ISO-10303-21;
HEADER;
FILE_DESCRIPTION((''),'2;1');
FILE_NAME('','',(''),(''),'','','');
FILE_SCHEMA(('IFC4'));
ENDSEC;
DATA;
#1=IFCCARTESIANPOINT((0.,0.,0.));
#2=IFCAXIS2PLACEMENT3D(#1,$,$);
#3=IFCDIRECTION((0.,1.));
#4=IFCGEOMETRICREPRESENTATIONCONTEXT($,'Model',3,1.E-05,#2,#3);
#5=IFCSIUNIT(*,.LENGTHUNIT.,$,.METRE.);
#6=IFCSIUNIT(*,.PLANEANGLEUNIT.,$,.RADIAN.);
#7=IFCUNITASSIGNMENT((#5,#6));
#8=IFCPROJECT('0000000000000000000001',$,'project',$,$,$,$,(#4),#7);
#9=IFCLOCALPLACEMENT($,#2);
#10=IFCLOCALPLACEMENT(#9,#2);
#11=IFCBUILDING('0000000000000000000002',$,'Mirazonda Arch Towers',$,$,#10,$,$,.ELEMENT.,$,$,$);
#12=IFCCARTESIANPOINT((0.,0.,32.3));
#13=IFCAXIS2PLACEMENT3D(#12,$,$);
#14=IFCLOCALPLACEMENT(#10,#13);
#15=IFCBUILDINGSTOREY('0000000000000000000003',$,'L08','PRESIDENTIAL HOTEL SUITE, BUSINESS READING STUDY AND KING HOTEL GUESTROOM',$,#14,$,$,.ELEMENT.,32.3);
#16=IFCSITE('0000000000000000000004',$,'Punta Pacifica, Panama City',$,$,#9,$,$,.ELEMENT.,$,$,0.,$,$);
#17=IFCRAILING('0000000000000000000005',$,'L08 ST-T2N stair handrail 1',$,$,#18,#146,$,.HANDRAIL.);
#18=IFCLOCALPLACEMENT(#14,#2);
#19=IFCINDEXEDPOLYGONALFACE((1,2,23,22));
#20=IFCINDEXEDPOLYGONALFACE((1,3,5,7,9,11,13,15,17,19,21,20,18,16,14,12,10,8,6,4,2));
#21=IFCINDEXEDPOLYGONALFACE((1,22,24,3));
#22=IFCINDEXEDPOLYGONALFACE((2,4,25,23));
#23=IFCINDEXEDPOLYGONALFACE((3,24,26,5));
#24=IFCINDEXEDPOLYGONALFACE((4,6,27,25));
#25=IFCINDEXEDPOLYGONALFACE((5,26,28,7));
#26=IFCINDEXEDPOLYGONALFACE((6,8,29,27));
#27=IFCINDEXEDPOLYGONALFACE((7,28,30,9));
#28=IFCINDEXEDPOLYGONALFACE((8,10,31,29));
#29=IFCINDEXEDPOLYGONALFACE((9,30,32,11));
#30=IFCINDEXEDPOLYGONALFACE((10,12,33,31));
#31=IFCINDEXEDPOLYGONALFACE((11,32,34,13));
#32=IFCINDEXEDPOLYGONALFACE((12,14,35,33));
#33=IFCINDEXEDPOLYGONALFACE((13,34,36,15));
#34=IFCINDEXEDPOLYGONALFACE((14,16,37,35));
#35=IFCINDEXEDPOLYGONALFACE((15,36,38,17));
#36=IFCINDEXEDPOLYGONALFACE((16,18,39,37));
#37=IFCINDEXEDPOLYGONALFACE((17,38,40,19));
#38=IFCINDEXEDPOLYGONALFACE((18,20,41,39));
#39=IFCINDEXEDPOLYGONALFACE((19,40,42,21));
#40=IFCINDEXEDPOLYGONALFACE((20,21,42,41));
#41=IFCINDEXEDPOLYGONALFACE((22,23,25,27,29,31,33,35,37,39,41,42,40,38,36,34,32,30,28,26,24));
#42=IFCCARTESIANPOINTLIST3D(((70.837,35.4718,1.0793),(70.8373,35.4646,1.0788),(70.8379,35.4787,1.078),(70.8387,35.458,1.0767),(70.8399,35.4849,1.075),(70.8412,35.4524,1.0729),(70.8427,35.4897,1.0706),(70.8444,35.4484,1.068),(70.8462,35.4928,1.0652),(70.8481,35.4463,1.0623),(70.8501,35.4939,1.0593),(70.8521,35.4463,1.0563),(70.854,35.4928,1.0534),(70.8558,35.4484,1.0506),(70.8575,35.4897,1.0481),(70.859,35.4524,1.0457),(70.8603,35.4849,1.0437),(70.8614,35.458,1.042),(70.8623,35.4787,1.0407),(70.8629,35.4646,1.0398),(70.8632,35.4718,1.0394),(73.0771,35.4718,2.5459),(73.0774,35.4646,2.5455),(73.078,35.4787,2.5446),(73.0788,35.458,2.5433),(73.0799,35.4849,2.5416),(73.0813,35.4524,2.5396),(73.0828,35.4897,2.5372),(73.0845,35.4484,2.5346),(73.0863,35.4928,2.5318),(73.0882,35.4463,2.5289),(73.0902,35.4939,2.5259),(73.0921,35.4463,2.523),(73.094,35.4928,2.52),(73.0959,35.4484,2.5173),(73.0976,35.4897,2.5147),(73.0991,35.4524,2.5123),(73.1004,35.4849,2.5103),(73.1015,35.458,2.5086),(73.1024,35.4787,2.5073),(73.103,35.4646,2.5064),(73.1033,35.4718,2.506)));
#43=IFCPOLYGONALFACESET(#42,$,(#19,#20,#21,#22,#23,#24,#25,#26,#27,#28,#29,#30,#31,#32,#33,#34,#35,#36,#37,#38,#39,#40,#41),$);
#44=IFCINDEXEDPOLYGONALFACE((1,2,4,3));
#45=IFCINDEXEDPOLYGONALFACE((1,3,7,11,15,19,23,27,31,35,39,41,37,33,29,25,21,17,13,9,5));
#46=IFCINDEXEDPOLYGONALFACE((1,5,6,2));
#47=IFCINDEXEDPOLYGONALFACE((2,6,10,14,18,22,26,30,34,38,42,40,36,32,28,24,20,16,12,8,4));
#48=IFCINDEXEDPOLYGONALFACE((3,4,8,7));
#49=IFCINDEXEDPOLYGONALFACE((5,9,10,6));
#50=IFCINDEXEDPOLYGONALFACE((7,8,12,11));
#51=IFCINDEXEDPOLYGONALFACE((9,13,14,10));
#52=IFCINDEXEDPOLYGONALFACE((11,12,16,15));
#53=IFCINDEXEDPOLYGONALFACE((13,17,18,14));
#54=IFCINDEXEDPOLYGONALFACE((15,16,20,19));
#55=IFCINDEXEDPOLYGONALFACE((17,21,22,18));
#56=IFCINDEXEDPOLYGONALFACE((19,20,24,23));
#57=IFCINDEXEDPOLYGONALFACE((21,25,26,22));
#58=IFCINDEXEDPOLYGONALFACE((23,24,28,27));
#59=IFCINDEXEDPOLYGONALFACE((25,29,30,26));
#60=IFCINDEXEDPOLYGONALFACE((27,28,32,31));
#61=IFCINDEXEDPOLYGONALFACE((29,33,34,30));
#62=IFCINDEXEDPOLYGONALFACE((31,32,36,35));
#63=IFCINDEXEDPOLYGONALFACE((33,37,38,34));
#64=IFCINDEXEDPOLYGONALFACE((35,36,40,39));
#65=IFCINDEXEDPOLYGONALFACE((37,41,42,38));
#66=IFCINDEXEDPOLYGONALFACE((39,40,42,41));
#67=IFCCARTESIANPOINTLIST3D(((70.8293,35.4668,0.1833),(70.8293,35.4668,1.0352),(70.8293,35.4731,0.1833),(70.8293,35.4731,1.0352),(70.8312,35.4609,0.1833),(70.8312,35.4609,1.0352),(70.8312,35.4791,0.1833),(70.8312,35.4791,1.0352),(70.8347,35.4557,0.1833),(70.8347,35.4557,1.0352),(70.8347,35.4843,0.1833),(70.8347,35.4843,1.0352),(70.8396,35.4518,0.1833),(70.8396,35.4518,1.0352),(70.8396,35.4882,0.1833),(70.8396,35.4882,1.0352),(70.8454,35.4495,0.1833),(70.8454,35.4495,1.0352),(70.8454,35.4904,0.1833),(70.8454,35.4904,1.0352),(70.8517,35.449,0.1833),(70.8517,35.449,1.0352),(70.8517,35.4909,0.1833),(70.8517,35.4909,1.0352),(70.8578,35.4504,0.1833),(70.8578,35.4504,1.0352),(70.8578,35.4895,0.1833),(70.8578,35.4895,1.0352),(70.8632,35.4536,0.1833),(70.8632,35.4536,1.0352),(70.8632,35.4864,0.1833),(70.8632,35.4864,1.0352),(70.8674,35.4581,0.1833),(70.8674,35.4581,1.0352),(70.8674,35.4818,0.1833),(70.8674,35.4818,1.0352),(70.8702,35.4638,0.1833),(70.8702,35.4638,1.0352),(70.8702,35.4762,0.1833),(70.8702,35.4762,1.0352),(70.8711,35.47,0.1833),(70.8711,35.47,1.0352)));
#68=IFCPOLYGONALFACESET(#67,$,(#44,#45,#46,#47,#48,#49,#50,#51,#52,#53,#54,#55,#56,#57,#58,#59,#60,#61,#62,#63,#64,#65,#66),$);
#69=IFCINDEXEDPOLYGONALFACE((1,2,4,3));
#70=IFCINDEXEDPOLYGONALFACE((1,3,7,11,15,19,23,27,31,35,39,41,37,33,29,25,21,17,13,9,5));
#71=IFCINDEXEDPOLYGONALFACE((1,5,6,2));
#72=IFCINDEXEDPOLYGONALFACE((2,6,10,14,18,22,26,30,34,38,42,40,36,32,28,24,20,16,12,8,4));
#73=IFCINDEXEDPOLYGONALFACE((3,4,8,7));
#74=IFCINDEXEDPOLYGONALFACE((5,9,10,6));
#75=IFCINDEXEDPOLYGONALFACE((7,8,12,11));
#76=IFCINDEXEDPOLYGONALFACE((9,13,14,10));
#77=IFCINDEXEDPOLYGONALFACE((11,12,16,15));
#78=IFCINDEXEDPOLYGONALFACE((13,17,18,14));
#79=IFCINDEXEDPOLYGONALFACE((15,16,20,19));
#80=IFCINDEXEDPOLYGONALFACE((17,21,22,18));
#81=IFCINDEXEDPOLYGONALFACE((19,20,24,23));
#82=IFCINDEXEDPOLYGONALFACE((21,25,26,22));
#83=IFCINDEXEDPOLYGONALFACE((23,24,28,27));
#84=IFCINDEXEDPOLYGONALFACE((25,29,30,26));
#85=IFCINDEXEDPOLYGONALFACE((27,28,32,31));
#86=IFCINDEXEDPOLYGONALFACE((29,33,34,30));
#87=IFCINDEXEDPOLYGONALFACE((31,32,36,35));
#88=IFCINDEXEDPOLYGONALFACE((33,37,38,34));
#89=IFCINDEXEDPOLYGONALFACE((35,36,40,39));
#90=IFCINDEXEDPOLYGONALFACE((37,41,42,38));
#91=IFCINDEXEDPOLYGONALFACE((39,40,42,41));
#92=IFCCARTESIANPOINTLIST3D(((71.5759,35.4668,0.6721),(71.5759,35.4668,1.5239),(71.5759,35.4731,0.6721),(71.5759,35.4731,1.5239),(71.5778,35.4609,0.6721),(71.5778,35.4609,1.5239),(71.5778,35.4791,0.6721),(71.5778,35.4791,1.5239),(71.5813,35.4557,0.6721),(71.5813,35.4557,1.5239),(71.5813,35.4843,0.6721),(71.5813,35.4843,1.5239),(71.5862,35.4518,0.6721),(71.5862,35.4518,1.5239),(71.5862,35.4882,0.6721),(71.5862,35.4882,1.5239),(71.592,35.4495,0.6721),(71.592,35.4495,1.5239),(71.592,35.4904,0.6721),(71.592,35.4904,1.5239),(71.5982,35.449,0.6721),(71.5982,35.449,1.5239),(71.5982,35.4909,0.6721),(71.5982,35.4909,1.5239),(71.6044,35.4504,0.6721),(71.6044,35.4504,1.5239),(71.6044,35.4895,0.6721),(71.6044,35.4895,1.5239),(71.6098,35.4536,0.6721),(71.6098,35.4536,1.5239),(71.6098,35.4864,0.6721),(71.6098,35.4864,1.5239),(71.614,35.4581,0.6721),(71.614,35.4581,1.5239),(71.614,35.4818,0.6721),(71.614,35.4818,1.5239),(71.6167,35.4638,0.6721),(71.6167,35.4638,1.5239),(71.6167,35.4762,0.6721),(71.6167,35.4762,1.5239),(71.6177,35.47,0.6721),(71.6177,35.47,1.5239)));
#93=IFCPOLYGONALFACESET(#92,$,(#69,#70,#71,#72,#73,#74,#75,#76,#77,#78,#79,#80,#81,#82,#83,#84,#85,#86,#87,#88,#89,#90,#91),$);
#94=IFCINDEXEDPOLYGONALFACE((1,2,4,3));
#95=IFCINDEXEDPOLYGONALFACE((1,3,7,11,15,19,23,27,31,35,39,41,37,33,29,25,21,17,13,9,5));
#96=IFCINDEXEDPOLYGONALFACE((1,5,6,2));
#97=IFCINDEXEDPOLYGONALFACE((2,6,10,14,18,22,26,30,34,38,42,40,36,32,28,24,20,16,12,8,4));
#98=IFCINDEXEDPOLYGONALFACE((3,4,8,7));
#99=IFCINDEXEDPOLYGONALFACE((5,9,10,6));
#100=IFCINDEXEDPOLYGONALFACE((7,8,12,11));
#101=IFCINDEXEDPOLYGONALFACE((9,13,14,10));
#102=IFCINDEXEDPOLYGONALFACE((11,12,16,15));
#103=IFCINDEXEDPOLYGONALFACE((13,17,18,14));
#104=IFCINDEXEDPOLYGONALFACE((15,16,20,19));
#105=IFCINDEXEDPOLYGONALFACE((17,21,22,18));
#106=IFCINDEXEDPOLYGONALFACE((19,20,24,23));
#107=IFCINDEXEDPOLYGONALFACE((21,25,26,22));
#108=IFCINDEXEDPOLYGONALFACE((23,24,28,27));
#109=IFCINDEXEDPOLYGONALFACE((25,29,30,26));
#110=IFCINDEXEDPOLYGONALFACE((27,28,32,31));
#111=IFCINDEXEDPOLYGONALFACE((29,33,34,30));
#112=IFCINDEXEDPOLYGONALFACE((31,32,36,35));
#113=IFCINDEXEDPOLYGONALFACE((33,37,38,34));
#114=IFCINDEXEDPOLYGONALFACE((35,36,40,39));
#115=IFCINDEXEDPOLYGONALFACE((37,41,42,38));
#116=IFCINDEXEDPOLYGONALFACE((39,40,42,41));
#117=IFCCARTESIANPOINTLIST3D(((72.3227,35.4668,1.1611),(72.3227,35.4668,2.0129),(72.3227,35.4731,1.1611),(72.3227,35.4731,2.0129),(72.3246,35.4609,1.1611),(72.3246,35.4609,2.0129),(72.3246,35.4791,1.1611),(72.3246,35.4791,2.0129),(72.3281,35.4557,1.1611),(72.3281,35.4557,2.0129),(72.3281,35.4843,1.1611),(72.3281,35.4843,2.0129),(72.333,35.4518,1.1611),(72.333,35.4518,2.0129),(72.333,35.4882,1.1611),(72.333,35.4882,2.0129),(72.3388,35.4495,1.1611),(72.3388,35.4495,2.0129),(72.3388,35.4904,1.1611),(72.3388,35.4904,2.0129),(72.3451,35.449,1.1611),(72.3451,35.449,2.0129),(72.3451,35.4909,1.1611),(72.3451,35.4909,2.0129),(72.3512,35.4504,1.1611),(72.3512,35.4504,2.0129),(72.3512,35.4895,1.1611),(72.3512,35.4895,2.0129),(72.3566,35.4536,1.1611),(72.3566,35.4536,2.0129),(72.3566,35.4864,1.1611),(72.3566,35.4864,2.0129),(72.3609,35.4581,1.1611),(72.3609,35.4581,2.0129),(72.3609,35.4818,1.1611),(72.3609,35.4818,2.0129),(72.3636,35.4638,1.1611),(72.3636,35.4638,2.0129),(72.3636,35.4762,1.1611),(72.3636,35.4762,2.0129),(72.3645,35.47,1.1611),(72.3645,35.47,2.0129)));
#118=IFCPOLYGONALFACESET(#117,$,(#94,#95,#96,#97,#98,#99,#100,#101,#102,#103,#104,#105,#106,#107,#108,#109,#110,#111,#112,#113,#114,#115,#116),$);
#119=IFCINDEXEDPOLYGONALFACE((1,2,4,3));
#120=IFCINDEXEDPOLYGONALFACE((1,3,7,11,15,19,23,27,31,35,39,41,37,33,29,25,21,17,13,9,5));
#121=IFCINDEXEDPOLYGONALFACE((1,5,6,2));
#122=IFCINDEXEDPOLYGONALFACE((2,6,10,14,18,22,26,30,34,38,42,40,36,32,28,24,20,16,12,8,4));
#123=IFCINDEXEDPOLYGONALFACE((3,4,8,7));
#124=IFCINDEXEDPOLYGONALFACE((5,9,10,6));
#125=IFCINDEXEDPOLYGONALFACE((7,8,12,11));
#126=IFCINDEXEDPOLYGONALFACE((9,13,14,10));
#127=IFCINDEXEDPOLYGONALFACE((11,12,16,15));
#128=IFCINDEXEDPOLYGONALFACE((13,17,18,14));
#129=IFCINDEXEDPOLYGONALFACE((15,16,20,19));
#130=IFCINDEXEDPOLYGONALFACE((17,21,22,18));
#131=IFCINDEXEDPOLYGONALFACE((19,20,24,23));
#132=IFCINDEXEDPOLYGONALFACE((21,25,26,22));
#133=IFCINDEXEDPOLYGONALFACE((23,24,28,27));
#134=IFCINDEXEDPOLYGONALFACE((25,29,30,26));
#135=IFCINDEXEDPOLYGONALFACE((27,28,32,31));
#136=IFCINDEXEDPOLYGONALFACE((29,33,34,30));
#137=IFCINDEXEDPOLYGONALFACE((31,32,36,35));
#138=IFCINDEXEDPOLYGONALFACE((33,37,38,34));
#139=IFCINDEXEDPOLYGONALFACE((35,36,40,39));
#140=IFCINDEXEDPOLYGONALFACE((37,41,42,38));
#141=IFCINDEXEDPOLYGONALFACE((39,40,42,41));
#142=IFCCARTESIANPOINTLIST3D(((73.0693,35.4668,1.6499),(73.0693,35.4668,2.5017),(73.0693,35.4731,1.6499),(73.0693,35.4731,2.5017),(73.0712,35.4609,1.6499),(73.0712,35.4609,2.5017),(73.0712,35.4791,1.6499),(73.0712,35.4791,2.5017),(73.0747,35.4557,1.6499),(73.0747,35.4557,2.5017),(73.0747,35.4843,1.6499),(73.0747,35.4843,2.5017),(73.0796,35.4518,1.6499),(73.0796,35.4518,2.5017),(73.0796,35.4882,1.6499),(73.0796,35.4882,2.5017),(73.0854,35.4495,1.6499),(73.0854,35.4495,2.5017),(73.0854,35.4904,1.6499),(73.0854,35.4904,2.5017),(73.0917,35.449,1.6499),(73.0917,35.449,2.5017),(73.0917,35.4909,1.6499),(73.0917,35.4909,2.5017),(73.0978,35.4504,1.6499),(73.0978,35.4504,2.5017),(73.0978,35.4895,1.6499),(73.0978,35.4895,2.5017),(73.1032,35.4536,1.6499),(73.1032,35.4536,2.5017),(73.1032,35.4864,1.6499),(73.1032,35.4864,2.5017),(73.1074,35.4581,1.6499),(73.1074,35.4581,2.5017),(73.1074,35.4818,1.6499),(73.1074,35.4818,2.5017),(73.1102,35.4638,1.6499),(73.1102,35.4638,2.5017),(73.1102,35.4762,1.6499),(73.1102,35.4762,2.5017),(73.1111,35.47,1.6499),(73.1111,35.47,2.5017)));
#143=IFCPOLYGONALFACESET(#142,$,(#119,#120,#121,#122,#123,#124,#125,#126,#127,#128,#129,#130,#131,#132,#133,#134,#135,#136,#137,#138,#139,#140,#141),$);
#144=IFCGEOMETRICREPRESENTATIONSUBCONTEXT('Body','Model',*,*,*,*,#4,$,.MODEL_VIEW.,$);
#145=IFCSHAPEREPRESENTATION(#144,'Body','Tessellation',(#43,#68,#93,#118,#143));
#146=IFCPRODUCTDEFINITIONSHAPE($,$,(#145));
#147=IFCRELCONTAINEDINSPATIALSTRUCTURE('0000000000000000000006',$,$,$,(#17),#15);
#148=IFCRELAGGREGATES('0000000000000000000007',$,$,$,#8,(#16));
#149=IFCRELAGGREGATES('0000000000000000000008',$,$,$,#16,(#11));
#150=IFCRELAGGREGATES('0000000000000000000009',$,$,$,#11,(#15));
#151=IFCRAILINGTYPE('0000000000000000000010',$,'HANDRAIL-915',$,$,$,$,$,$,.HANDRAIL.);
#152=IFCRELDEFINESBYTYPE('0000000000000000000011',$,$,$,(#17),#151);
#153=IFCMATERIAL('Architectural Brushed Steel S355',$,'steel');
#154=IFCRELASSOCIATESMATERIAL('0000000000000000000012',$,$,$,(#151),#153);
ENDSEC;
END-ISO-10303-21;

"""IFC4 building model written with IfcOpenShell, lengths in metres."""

from ifc_helpers import new_model, si_unit, direction, frame, origin, origin_2d, place, context, subcontext, project, spatial, circle, extrude, material, type_object, element, save


model = new_model("IFC4")

# Units and contexts
model_context = context("Model", 3, precision=1e-05, world=origin(), true_north=direction((0.0, 1.0)))
body_context = subcontext(model_context, "Body", "Model", "MODEL_VIEW")
ifc_project = project(units=[si_unit("LENGTHUNIT", "METRE"), si_unit("PLANEANGLEUNIT", "RADIAN")], contexts=[model_context])

# Site, building, storey
site_placement = place(None, origin())
site = spatial("IfcSite", under=ifc_project, at=site_placement, Name="Punta Pacifica, Panama City", CompositionType="ELEMENT", RefElevation=0.0)
building_placement = place(site_placement, origin())
building = spatial("IfcBuilding", under=site, at=building_placement, Name="Mirazonda Arch Towers", CompositionType="ELEMENT")
storey_placement = place(building_placement, frame((0.0, 0.0, 32.3)))
storey = spatial("IfcBuildingStorey", under=building, at=storey_placement, Name="L08", Description="PRESIDENTIAL HOTEL SUITE, BUSINESS READING STUDY AND KING HOTEL GUESTROOM", CompositionType="ELEMENT", Elevation=32.3)

# Railing
ifc_material_1 = material(Name="Architectural Brushed Steel S355", Category="steel")
railing_type_1 = type_object("IfcRailingType", Name="HANDRAIL-915", PredefinedType="HANDRAIL", material=ifc_material_1)
railing_1_placement = place(storey_placement, frame((70.8501, 35.47, 0.1833)))
element("IfcRailing", 1, at=railing_1_placement, inside=storey, type_object=railing_type_1, Name="L08 ST-T2N stair handrail 1", PredefinedType="HANDRAIL", context=body_context, shape_type="SweptSolid", body=[
    extrude(circle(Radius=0.0239, at=origin_2d()), frame((0.0, 0.0, 0.876), z_axis=(0.836637, 0.0, 0.547758), x_axis=(0.0, 1.0, 0.0)), (0.0, 0.0, 1.0), 2.6775),
    extrude(circle(Radius=0.021, at=origin_2d()), origin(), (0.0, 0.0, 1.0), 0.8518),
    extrude(circle(Radius=0.021, at=origin_2d()), frame((0.7466, 0.0, 0.4888)), (0.0, 0.0, 1.0), 0.8518),
    extrude(circle(Radius=0.021, at=origin_2d()), frame((1.4934, 0.0, 0.9778)), (0.0, 0.0, 1.0), 0.8518),
    extrude(circle(Radius=0.021, at=origin_2d()), frame((2.24, 0.0, 1.4666)), (0.0, 0.0, 1.0), 0.8518),
])

save(model, "model.ifc")
